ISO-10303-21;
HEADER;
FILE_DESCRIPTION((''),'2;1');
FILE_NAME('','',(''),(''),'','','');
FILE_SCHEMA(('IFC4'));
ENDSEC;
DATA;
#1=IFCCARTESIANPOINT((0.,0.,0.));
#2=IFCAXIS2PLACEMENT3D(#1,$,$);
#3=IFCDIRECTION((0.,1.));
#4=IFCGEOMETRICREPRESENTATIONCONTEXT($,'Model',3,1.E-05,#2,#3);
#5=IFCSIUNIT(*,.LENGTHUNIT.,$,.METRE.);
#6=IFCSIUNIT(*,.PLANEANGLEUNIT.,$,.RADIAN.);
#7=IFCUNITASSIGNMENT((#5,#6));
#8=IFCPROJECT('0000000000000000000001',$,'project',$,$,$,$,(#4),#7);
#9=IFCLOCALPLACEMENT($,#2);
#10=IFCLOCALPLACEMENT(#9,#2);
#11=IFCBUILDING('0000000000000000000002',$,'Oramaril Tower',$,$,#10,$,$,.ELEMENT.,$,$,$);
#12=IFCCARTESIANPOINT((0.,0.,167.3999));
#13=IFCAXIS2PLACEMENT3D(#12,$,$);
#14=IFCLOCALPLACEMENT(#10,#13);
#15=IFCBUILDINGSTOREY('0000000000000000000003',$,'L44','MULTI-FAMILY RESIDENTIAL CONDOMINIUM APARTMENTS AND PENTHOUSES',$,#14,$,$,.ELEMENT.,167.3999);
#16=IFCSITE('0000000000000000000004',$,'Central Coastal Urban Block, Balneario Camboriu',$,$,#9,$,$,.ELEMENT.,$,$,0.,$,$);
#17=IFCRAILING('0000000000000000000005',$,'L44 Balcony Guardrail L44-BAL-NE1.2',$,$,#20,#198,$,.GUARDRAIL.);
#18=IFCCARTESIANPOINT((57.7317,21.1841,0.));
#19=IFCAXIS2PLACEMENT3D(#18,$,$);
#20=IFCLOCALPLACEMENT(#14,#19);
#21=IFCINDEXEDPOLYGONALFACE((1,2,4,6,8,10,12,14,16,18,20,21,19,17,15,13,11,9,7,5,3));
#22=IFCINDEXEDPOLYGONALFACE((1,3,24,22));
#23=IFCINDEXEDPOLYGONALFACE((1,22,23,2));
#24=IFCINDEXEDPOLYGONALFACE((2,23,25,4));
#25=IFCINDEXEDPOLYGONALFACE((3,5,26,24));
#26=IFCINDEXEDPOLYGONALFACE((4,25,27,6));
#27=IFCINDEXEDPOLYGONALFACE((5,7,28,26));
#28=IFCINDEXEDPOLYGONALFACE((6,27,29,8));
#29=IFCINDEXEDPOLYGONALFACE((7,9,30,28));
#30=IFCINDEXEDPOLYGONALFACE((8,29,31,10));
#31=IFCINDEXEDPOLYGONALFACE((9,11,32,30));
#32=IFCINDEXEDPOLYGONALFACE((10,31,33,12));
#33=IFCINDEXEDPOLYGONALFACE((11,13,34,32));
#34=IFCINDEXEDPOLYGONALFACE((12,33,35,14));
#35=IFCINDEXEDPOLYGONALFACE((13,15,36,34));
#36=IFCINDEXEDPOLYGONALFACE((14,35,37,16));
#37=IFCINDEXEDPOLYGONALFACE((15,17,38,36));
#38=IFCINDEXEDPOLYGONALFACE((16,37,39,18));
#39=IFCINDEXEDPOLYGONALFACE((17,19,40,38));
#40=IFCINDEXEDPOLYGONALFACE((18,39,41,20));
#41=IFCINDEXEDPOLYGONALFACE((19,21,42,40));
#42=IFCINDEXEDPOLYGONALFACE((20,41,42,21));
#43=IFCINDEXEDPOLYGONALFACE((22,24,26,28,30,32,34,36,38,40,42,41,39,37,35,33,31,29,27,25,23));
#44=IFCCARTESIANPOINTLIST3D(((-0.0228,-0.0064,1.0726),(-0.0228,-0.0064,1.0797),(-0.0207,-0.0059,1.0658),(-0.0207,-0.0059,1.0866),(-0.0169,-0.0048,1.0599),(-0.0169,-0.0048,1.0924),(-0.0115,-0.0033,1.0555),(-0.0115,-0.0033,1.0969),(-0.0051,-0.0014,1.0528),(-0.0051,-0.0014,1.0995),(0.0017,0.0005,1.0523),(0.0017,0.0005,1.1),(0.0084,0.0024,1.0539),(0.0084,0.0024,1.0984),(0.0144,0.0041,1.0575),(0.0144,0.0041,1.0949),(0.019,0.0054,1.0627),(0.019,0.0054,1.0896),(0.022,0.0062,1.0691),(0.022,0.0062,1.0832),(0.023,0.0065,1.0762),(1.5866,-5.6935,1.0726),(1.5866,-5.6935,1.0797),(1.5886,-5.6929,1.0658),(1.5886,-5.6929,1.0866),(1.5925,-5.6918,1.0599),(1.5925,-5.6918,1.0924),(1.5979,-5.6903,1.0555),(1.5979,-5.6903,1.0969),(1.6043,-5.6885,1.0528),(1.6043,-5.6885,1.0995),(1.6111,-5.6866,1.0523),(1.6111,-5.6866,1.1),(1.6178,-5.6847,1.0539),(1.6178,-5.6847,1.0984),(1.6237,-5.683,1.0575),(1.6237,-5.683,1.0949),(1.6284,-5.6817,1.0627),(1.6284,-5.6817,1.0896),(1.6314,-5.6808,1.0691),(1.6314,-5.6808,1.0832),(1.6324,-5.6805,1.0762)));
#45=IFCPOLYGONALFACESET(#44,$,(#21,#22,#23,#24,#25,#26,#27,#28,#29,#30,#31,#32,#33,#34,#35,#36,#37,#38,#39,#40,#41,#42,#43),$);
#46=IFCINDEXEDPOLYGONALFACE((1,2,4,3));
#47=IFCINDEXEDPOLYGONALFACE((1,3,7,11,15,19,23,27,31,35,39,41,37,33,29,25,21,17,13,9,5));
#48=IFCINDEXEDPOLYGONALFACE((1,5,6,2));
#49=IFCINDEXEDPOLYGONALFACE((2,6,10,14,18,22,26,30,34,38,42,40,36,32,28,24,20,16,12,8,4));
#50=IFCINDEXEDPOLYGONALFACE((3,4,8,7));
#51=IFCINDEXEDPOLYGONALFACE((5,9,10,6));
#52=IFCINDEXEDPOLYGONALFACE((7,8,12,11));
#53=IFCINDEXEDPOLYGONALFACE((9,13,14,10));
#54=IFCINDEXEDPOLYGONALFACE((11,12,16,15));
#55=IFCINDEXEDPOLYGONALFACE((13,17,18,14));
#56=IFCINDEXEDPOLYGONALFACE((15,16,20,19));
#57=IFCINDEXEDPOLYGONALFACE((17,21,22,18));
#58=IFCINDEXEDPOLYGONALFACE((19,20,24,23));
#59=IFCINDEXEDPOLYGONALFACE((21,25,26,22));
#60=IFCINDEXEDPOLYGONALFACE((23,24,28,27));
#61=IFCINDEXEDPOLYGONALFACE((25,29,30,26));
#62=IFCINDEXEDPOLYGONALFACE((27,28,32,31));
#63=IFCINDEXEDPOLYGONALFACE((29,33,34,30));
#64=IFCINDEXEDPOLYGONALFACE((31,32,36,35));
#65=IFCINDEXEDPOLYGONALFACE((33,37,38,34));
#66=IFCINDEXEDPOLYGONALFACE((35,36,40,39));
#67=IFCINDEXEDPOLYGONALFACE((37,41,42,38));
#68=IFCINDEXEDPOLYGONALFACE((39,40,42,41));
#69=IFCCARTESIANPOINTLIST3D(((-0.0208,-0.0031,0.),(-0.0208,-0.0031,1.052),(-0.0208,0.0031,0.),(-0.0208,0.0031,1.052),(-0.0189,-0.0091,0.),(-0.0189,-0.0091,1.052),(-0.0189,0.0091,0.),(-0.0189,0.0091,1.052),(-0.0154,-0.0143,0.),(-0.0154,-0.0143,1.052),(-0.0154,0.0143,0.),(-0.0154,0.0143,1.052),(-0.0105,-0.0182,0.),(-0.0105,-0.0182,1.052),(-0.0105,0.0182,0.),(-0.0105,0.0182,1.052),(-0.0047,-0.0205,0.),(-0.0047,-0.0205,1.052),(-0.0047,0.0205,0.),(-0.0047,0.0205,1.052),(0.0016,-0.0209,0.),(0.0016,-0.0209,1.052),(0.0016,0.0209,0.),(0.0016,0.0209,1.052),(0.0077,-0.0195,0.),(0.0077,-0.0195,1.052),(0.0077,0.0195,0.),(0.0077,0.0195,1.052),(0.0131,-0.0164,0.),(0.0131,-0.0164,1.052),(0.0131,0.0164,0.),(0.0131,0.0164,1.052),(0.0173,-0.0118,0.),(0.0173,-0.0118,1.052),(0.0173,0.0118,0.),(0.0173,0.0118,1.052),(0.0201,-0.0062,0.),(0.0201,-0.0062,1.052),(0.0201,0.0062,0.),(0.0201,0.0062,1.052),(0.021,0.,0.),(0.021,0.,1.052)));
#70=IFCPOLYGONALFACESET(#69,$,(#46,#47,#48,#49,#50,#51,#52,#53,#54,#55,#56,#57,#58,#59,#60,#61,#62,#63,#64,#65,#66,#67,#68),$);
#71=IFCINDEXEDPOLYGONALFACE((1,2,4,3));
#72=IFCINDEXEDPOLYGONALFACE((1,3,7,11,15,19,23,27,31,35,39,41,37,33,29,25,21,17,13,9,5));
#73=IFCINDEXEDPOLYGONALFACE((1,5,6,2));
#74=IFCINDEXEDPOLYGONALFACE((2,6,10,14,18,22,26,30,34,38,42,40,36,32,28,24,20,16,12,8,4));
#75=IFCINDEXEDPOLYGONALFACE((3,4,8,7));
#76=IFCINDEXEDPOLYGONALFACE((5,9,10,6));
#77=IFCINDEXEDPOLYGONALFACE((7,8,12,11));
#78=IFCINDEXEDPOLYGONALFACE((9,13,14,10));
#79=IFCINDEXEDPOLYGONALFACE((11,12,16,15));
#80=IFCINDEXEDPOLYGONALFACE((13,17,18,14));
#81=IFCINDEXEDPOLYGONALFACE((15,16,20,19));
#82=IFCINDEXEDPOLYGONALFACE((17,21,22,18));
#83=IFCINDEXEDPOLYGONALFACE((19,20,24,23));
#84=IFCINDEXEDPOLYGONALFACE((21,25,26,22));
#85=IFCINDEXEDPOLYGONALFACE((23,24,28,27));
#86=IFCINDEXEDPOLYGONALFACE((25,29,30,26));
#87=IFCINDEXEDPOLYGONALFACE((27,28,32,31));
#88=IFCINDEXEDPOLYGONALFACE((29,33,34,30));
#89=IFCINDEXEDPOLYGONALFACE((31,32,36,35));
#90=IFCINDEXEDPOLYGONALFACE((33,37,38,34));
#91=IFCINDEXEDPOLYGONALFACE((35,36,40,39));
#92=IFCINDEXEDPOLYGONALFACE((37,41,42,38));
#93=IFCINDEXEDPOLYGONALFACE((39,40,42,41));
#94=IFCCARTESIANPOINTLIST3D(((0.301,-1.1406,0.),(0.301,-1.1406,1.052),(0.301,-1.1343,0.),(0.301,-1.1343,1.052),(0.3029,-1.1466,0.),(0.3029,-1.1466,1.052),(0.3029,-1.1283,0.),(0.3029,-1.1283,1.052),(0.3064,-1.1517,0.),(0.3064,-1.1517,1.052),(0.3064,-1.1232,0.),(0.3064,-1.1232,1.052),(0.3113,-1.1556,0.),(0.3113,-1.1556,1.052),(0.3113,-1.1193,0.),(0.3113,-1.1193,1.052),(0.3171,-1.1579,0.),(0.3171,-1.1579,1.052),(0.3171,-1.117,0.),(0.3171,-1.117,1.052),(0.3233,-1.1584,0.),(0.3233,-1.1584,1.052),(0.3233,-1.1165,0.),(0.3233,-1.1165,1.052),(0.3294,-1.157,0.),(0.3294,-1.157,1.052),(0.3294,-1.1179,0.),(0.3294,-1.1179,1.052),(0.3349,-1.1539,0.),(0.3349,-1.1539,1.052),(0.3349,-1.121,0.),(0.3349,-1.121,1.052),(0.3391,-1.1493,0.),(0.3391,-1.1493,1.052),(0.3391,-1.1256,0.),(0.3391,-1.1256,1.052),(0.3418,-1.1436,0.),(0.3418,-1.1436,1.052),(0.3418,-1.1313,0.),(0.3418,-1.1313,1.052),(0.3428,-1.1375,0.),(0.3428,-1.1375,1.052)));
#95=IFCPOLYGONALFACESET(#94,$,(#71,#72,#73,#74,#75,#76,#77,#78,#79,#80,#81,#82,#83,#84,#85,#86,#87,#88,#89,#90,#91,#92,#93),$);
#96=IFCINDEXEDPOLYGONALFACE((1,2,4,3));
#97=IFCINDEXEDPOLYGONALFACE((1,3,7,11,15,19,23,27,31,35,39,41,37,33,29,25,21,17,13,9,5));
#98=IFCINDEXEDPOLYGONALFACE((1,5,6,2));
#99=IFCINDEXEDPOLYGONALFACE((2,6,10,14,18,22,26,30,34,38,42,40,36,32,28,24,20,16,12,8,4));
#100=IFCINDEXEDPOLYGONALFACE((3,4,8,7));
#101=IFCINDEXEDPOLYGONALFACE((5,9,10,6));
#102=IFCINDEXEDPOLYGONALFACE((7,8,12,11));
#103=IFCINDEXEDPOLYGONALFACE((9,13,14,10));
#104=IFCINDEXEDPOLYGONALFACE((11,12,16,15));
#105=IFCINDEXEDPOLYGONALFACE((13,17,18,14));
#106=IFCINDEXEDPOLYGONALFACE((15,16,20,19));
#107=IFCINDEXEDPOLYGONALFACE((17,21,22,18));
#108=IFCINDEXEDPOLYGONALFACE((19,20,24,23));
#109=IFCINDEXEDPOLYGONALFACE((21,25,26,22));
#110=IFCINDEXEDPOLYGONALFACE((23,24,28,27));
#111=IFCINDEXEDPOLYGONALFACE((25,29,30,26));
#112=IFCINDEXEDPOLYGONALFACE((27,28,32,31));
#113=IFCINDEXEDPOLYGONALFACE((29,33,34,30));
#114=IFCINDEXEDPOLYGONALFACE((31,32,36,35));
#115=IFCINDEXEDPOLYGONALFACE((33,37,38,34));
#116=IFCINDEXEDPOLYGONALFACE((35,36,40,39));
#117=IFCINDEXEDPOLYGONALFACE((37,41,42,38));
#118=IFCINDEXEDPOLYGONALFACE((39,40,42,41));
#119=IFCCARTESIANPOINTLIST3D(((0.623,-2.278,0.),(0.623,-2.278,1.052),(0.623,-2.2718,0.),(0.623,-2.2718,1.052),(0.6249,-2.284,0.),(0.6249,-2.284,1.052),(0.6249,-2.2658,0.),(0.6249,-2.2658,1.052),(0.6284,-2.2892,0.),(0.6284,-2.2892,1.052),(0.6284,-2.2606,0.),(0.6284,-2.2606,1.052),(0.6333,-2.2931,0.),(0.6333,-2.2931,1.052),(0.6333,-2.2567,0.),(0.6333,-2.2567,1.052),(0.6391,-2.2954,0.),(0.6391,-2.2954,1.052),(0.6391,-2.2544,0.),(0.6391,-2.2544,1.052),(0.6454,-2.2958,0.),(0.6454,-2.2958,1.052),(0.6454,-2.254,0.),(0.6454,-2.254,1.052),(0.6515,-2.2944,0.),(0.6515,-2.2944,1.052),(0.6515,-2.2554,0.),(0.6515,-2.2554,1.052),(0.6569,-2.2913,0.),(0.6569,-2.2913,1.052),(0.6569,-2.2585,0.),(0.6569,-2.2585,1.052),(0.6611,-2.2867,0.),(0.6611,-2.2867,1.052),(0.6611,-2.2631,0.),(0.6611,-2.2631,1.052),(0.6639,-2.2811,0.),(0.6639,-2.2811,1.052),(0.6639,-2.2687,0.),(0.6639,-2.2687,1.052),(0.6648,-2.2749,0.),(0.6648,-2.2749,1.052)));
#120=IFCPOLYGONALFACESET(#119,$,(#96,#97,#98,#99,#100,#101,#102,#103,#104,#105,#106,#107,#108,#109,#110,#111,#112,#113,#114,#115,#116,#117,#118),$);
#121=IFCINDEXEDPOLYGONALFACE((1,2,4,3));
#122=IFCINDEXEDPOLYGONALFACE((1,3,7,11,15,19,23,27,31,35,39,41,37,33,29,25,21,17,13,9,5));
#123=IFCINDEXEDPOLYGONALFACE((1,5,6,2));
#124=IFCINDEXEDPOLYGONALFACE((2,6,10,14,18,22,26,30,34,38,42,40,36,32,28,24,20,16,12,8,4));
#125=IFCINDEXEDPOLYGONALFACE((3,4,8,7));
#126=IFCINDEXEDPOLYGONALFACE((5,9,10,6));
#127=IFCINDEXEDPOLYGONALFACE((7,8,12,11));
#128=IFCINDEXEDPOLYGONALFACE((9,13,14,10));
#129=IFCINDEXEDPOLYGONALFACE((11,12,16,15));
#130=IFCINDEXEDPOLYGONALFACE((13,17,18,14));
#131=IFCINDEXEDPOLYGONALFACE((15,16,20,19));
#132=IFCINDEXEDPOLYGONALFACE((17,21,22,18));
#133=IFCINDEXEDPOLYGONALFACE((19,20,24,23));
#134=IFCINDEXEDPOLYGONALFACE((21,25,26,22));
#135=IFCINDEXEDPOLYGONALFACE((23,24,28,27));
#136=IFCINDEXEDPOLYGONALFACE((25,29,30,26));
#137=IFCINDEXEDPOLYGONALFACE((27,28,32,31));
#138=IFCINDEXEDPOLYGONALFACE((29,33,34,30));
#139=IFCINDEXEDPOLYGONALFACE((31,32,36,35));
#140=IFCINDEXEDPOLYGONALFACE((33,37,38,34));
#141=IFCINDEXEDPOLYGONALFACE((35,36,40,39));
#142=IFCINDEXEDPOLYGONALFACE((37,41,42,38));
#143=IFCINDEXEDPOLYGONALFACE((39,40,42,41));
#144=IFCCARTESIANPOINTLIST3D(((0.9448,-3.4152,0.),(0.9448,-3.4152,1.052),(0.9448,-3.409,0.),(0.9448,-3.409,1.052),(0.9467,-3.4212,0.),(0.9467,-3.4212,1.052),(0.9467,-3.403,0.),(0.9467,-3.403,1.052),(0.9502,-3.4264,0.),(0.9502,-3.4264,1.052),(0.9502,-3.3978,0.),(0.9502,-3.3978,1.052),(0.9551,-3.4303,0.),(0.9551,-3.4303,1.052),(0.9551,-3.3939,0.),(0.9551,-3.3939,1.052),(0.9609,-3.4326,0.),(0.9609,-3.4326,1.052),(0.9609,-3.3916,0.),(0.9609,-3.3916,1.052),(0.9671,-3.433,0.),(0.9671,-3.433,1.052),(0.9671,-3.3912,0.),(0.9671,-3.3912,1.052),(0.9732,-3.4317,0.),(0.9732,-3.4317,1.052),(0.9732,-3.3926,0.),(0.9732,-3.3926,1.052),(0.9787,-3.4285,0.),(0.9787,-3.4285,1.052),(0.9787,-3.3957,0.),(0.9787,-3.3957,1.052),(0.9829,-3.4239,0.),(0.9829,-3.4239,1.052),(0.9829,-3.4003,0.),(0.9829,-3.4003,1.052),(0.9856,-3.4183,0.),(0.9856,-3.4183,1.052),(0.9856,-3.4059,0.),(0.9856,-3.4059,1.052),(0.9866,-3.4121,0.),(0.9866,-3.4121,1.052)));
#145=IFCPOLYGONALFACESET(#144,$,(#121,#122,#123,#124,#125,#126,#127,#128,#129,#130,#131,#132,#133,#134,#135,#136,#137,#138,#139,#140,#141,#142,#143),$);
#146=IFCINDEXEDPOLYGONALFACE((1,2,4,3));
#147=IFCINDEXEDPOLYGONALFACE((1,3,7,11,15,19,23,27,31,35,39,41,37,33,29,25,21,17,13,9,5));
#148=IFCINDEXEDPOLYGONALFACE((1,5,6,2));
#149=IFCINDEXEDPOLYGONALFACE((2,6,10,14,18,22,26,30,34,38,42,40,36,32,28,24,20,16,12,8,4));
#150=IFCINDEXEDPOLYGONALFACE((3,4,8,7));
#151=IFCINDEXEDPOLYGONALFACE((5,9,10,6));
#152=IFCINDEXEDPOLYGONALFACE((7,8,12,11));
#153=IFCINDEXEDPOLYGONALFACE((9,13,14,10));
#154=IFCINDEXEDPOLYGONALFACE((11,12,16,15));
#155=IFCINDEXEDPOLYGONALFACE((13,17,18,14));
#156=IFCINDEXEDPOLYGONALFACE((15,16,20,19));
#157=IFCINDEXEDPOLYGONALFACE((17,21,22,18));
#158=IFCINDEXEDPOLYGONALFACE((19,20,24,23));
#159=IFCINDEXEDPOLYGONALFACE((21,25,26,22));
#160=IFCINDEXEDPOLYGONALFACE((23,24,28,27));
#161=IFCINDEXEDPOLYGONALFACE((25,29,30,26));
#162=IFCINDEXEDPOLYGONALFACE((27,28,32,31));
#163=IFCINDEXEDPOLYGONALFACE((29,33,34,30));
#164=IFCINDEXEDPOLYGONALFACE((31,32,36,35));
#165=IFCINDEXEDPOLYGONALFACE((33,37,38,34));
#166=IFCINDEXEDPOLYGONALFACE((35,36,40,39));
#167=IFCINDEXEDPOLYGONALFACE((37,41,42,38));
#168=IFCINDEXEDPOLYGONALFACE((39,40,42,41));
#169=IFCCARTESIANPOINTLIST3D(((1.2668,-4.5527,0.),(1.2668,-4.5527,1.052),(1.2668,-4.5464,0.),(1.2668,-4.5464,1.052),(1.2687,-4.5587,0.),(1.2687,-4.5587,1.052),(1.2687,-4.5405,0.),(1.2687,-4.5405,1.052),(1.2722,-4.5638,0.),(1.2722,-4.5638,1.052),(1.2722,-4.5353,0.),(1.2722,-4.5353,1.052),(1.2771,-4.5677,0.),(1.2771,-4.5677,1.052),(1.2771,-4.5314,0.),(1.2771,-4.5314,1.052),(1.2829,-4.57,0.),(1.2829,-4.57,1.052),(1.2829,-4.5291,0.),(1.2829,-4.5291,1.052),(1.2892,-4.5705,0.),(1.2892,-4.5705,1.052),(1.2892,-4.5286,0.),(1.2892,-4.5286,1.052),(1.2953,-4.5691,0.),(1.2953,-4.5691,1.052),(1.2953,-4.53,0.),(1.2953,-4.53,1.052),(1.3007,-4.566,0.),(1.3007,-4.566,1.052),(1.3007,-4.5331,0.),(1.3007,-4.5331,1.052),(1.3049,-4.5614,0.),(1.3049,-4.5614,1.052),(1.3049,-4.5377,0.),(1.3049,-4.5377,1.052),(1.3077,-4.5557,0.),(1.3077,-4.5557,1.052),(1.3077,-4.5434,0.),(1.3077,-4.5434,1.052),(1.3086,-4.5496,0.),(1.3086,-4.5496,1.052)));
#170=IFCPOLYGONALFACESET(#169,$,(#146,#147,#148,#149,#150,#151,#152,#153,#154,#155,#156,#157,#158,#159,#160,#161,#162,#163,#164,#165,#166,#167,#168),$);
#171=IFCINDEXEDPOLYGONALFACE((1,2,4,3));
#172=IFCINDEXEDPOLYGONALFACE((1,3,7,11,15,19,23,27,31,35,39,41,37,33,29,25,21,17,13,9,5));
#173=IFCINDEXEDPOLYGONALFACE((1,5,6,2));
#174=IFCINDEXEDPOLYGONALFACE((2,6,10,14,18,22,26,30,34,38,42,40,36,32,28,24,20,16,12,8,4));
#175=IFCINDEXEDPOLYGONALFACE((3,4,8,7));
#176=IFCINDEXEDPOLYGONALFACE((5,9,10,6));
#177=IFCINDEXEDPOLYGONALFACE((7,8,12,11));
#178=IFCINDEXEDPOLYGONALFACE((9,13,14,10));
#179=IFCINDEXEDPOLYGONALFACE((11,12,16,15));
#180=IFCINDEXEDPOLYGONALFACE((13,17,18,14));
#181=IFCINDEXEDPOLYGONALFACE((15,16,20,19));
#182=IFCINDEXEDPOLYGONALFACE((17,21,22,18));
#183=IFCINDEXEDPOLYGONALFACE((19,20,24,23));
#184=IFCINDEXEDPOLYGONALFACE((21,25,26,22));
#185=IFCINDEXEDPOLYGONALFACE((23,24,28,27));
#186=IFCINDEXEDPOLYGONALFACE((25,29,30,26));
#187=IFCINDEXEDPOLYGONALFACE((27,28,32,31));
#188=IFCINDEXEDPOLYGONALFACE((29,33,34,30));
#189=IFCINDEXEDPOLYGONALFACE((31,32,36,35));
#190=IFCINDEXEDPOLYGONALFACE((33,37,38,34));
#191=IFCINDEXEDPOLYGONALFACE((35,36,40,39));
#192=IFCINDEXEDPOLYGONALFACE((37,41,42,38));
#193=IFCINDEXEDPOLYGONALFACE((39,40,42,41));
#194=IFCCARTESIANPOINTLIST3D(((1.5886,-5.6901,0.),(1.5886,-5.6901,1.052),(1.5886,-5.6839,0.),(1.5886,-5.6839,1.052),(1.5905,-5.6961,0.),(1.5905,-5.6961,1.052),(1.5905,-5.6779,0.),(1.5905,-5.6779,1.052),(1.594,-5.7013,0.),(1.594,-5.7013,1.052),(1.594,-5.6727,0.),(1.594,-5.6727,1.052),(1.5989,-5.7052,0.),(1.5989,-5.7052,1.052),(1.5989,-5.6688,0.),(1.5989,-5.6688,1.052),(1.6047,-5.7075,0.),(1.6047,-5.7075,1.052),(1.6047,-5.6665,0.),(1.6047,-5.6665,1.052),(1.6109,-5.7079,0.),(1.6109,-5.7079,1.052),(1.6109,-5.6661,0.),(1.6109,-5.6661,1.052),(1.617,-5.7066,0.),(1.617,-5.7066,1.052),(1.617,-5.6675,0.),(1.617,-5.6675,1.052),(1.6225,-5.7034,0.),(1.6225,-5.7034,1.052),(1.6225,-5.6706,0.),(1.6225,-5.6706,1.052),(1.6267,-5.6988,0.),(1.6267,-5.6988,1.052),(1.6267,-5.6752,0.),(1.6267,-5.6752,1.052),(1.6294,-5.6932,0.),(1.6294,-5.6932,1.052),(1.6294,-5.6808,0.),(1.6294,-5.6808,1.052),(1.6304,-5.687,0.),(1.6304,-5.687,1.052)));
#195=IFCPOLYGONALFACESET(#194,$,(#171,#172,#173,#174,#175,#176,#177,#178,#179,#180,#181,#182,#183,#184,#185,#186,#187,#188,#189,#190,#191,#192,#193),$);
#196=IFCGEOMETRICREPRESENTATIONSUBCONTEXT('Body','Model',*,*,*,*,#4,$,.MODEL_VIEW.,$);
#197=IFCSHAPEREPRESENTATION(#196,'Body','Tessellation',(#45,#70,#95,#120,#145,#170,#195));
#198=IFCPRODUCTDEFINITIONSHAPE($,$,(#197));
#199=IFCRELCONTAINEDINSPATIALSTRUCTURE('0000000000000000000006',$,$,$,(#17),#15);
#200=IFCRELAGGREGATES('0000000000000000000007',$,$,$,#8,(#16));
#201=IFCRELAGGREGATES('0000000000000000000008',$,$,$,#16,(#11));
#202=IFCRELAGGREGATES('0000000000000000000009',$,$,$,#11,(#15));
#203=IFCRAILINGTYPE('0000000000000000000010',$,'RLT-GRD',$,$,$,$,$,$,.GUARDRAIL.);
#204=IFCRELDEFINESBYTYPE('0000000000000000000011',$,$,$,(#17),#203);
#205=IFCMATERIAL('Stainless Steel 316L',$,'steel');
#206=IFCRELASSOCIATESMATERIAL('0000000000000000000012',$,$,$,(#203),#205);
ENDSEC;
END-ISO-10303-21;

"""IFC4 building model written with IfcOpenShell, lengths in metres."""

from ifc_helpers import new_model, si_unit, direction, frame, origin, origin_2d, place, context, subcontext, project, spatial, circle, extrude, material, type_object, element, save


model = new_model("IFC4")

# Units and contexts
model_context = context("Model", 3, precision=1e-05, world=origin(), true_north=direction((0.0, 1.0)))
body_context = subcontext(model_context, "Body", "Model", "MODEL_VIEW")
ifc_project = project(units=[si_unit("LENGTHUNIT", "METRE"), si_unit("PLANEANGLEUNIT", "RADIAN")], contexts=[model_context])

# Site, building, storey
site_placement = place(None, origin())
site = spatial("IfcSite", under=ifc_project, at=site_placement, Name="Central Coastal Urban Block, Balneario Camboriu", CompositionType="ELEMENT", RefElevation=0.0)
building_placement = place(site_placement, origin())
building = spatial("IfcBuilding", under=site, at=building_placement, Name="Oramaril Tower", CompositionType="ELEMENT")
storey_placement = place(building_placement, frame((0.0, 0.0, 167.3999)))
storey = spatial("IfcBuildingStorey", under=building, at=storey_placement, Name="L44", Description="MULTI-FAMILY RESIDENTIAL CONDOMINIUM APARTMENTS AND PENTHOUSES", CompositionType="ELEMENT", Elevation=167.3999)

# Railing
ifc_material_1 = material(Name="Stainless Steel 316L", Category="steel")
railing_type = type_object("IfcRailingType", Name="RLT-GRD", PredefinedType="GUARDRAIL", material=ifc_material_1)
railing_1_placement = place(storey_placement, frame((57.7317, 21.1841, 0.0)))
element("IfcRailing", 1, at=railing_1_placement, inside=storey, type_object=railing_type, Name="L44 Balcony Guardrail L44-BAL-NE1.2", PredefinedType="GUARDRAIL", context=body_context, shape_type="SweptSolid", body=[
    extrude(circle(Radius=0.0239, at=origin_2d()), frame((0.0, 0.0, 1.0762), z_axis=(0.272298, -0.962213, 0.0), x_axis=(0.962213, 0.272298, 0.0)), (0.0, 0.0, 1.0), 5.9104),
    extrude(circle(Radius=0.021, at=origin_2d()), origin(), (0.0, 0.0, 1.0), 1.052),
    extrude(circle(Radius=0.021, at=origin_2d()), frame((0.3218, -1.1375, 0.0)), (0.0, 0.0, 1.0), 1.052),
    extrude(circle(Radius=0.021, at=origin_2d()), frame((0.6438, -2.2749, 0.0)), (0.0, 0.0, 1.0), 1.052),
    extrude(circle(Radius=0.021, at=origin_2d()), frame((0.9656, -3.4121, 0.0)), (0.0, 0.0, 1.0), 1.052),
    extrude(circle(Radius=0.021, at=origin_2d()), frame((1.2876, -4.5496, 0.0)), (0.0, 0.0, 1.0), 1.052),
    extrude(circle(Radius=0.021, at=origin_2d()), frame((1.6094, -5.687, 0.0)), (0.0, 0.0, 1.0), 1.052),
])

save(model, "model.ifc")
